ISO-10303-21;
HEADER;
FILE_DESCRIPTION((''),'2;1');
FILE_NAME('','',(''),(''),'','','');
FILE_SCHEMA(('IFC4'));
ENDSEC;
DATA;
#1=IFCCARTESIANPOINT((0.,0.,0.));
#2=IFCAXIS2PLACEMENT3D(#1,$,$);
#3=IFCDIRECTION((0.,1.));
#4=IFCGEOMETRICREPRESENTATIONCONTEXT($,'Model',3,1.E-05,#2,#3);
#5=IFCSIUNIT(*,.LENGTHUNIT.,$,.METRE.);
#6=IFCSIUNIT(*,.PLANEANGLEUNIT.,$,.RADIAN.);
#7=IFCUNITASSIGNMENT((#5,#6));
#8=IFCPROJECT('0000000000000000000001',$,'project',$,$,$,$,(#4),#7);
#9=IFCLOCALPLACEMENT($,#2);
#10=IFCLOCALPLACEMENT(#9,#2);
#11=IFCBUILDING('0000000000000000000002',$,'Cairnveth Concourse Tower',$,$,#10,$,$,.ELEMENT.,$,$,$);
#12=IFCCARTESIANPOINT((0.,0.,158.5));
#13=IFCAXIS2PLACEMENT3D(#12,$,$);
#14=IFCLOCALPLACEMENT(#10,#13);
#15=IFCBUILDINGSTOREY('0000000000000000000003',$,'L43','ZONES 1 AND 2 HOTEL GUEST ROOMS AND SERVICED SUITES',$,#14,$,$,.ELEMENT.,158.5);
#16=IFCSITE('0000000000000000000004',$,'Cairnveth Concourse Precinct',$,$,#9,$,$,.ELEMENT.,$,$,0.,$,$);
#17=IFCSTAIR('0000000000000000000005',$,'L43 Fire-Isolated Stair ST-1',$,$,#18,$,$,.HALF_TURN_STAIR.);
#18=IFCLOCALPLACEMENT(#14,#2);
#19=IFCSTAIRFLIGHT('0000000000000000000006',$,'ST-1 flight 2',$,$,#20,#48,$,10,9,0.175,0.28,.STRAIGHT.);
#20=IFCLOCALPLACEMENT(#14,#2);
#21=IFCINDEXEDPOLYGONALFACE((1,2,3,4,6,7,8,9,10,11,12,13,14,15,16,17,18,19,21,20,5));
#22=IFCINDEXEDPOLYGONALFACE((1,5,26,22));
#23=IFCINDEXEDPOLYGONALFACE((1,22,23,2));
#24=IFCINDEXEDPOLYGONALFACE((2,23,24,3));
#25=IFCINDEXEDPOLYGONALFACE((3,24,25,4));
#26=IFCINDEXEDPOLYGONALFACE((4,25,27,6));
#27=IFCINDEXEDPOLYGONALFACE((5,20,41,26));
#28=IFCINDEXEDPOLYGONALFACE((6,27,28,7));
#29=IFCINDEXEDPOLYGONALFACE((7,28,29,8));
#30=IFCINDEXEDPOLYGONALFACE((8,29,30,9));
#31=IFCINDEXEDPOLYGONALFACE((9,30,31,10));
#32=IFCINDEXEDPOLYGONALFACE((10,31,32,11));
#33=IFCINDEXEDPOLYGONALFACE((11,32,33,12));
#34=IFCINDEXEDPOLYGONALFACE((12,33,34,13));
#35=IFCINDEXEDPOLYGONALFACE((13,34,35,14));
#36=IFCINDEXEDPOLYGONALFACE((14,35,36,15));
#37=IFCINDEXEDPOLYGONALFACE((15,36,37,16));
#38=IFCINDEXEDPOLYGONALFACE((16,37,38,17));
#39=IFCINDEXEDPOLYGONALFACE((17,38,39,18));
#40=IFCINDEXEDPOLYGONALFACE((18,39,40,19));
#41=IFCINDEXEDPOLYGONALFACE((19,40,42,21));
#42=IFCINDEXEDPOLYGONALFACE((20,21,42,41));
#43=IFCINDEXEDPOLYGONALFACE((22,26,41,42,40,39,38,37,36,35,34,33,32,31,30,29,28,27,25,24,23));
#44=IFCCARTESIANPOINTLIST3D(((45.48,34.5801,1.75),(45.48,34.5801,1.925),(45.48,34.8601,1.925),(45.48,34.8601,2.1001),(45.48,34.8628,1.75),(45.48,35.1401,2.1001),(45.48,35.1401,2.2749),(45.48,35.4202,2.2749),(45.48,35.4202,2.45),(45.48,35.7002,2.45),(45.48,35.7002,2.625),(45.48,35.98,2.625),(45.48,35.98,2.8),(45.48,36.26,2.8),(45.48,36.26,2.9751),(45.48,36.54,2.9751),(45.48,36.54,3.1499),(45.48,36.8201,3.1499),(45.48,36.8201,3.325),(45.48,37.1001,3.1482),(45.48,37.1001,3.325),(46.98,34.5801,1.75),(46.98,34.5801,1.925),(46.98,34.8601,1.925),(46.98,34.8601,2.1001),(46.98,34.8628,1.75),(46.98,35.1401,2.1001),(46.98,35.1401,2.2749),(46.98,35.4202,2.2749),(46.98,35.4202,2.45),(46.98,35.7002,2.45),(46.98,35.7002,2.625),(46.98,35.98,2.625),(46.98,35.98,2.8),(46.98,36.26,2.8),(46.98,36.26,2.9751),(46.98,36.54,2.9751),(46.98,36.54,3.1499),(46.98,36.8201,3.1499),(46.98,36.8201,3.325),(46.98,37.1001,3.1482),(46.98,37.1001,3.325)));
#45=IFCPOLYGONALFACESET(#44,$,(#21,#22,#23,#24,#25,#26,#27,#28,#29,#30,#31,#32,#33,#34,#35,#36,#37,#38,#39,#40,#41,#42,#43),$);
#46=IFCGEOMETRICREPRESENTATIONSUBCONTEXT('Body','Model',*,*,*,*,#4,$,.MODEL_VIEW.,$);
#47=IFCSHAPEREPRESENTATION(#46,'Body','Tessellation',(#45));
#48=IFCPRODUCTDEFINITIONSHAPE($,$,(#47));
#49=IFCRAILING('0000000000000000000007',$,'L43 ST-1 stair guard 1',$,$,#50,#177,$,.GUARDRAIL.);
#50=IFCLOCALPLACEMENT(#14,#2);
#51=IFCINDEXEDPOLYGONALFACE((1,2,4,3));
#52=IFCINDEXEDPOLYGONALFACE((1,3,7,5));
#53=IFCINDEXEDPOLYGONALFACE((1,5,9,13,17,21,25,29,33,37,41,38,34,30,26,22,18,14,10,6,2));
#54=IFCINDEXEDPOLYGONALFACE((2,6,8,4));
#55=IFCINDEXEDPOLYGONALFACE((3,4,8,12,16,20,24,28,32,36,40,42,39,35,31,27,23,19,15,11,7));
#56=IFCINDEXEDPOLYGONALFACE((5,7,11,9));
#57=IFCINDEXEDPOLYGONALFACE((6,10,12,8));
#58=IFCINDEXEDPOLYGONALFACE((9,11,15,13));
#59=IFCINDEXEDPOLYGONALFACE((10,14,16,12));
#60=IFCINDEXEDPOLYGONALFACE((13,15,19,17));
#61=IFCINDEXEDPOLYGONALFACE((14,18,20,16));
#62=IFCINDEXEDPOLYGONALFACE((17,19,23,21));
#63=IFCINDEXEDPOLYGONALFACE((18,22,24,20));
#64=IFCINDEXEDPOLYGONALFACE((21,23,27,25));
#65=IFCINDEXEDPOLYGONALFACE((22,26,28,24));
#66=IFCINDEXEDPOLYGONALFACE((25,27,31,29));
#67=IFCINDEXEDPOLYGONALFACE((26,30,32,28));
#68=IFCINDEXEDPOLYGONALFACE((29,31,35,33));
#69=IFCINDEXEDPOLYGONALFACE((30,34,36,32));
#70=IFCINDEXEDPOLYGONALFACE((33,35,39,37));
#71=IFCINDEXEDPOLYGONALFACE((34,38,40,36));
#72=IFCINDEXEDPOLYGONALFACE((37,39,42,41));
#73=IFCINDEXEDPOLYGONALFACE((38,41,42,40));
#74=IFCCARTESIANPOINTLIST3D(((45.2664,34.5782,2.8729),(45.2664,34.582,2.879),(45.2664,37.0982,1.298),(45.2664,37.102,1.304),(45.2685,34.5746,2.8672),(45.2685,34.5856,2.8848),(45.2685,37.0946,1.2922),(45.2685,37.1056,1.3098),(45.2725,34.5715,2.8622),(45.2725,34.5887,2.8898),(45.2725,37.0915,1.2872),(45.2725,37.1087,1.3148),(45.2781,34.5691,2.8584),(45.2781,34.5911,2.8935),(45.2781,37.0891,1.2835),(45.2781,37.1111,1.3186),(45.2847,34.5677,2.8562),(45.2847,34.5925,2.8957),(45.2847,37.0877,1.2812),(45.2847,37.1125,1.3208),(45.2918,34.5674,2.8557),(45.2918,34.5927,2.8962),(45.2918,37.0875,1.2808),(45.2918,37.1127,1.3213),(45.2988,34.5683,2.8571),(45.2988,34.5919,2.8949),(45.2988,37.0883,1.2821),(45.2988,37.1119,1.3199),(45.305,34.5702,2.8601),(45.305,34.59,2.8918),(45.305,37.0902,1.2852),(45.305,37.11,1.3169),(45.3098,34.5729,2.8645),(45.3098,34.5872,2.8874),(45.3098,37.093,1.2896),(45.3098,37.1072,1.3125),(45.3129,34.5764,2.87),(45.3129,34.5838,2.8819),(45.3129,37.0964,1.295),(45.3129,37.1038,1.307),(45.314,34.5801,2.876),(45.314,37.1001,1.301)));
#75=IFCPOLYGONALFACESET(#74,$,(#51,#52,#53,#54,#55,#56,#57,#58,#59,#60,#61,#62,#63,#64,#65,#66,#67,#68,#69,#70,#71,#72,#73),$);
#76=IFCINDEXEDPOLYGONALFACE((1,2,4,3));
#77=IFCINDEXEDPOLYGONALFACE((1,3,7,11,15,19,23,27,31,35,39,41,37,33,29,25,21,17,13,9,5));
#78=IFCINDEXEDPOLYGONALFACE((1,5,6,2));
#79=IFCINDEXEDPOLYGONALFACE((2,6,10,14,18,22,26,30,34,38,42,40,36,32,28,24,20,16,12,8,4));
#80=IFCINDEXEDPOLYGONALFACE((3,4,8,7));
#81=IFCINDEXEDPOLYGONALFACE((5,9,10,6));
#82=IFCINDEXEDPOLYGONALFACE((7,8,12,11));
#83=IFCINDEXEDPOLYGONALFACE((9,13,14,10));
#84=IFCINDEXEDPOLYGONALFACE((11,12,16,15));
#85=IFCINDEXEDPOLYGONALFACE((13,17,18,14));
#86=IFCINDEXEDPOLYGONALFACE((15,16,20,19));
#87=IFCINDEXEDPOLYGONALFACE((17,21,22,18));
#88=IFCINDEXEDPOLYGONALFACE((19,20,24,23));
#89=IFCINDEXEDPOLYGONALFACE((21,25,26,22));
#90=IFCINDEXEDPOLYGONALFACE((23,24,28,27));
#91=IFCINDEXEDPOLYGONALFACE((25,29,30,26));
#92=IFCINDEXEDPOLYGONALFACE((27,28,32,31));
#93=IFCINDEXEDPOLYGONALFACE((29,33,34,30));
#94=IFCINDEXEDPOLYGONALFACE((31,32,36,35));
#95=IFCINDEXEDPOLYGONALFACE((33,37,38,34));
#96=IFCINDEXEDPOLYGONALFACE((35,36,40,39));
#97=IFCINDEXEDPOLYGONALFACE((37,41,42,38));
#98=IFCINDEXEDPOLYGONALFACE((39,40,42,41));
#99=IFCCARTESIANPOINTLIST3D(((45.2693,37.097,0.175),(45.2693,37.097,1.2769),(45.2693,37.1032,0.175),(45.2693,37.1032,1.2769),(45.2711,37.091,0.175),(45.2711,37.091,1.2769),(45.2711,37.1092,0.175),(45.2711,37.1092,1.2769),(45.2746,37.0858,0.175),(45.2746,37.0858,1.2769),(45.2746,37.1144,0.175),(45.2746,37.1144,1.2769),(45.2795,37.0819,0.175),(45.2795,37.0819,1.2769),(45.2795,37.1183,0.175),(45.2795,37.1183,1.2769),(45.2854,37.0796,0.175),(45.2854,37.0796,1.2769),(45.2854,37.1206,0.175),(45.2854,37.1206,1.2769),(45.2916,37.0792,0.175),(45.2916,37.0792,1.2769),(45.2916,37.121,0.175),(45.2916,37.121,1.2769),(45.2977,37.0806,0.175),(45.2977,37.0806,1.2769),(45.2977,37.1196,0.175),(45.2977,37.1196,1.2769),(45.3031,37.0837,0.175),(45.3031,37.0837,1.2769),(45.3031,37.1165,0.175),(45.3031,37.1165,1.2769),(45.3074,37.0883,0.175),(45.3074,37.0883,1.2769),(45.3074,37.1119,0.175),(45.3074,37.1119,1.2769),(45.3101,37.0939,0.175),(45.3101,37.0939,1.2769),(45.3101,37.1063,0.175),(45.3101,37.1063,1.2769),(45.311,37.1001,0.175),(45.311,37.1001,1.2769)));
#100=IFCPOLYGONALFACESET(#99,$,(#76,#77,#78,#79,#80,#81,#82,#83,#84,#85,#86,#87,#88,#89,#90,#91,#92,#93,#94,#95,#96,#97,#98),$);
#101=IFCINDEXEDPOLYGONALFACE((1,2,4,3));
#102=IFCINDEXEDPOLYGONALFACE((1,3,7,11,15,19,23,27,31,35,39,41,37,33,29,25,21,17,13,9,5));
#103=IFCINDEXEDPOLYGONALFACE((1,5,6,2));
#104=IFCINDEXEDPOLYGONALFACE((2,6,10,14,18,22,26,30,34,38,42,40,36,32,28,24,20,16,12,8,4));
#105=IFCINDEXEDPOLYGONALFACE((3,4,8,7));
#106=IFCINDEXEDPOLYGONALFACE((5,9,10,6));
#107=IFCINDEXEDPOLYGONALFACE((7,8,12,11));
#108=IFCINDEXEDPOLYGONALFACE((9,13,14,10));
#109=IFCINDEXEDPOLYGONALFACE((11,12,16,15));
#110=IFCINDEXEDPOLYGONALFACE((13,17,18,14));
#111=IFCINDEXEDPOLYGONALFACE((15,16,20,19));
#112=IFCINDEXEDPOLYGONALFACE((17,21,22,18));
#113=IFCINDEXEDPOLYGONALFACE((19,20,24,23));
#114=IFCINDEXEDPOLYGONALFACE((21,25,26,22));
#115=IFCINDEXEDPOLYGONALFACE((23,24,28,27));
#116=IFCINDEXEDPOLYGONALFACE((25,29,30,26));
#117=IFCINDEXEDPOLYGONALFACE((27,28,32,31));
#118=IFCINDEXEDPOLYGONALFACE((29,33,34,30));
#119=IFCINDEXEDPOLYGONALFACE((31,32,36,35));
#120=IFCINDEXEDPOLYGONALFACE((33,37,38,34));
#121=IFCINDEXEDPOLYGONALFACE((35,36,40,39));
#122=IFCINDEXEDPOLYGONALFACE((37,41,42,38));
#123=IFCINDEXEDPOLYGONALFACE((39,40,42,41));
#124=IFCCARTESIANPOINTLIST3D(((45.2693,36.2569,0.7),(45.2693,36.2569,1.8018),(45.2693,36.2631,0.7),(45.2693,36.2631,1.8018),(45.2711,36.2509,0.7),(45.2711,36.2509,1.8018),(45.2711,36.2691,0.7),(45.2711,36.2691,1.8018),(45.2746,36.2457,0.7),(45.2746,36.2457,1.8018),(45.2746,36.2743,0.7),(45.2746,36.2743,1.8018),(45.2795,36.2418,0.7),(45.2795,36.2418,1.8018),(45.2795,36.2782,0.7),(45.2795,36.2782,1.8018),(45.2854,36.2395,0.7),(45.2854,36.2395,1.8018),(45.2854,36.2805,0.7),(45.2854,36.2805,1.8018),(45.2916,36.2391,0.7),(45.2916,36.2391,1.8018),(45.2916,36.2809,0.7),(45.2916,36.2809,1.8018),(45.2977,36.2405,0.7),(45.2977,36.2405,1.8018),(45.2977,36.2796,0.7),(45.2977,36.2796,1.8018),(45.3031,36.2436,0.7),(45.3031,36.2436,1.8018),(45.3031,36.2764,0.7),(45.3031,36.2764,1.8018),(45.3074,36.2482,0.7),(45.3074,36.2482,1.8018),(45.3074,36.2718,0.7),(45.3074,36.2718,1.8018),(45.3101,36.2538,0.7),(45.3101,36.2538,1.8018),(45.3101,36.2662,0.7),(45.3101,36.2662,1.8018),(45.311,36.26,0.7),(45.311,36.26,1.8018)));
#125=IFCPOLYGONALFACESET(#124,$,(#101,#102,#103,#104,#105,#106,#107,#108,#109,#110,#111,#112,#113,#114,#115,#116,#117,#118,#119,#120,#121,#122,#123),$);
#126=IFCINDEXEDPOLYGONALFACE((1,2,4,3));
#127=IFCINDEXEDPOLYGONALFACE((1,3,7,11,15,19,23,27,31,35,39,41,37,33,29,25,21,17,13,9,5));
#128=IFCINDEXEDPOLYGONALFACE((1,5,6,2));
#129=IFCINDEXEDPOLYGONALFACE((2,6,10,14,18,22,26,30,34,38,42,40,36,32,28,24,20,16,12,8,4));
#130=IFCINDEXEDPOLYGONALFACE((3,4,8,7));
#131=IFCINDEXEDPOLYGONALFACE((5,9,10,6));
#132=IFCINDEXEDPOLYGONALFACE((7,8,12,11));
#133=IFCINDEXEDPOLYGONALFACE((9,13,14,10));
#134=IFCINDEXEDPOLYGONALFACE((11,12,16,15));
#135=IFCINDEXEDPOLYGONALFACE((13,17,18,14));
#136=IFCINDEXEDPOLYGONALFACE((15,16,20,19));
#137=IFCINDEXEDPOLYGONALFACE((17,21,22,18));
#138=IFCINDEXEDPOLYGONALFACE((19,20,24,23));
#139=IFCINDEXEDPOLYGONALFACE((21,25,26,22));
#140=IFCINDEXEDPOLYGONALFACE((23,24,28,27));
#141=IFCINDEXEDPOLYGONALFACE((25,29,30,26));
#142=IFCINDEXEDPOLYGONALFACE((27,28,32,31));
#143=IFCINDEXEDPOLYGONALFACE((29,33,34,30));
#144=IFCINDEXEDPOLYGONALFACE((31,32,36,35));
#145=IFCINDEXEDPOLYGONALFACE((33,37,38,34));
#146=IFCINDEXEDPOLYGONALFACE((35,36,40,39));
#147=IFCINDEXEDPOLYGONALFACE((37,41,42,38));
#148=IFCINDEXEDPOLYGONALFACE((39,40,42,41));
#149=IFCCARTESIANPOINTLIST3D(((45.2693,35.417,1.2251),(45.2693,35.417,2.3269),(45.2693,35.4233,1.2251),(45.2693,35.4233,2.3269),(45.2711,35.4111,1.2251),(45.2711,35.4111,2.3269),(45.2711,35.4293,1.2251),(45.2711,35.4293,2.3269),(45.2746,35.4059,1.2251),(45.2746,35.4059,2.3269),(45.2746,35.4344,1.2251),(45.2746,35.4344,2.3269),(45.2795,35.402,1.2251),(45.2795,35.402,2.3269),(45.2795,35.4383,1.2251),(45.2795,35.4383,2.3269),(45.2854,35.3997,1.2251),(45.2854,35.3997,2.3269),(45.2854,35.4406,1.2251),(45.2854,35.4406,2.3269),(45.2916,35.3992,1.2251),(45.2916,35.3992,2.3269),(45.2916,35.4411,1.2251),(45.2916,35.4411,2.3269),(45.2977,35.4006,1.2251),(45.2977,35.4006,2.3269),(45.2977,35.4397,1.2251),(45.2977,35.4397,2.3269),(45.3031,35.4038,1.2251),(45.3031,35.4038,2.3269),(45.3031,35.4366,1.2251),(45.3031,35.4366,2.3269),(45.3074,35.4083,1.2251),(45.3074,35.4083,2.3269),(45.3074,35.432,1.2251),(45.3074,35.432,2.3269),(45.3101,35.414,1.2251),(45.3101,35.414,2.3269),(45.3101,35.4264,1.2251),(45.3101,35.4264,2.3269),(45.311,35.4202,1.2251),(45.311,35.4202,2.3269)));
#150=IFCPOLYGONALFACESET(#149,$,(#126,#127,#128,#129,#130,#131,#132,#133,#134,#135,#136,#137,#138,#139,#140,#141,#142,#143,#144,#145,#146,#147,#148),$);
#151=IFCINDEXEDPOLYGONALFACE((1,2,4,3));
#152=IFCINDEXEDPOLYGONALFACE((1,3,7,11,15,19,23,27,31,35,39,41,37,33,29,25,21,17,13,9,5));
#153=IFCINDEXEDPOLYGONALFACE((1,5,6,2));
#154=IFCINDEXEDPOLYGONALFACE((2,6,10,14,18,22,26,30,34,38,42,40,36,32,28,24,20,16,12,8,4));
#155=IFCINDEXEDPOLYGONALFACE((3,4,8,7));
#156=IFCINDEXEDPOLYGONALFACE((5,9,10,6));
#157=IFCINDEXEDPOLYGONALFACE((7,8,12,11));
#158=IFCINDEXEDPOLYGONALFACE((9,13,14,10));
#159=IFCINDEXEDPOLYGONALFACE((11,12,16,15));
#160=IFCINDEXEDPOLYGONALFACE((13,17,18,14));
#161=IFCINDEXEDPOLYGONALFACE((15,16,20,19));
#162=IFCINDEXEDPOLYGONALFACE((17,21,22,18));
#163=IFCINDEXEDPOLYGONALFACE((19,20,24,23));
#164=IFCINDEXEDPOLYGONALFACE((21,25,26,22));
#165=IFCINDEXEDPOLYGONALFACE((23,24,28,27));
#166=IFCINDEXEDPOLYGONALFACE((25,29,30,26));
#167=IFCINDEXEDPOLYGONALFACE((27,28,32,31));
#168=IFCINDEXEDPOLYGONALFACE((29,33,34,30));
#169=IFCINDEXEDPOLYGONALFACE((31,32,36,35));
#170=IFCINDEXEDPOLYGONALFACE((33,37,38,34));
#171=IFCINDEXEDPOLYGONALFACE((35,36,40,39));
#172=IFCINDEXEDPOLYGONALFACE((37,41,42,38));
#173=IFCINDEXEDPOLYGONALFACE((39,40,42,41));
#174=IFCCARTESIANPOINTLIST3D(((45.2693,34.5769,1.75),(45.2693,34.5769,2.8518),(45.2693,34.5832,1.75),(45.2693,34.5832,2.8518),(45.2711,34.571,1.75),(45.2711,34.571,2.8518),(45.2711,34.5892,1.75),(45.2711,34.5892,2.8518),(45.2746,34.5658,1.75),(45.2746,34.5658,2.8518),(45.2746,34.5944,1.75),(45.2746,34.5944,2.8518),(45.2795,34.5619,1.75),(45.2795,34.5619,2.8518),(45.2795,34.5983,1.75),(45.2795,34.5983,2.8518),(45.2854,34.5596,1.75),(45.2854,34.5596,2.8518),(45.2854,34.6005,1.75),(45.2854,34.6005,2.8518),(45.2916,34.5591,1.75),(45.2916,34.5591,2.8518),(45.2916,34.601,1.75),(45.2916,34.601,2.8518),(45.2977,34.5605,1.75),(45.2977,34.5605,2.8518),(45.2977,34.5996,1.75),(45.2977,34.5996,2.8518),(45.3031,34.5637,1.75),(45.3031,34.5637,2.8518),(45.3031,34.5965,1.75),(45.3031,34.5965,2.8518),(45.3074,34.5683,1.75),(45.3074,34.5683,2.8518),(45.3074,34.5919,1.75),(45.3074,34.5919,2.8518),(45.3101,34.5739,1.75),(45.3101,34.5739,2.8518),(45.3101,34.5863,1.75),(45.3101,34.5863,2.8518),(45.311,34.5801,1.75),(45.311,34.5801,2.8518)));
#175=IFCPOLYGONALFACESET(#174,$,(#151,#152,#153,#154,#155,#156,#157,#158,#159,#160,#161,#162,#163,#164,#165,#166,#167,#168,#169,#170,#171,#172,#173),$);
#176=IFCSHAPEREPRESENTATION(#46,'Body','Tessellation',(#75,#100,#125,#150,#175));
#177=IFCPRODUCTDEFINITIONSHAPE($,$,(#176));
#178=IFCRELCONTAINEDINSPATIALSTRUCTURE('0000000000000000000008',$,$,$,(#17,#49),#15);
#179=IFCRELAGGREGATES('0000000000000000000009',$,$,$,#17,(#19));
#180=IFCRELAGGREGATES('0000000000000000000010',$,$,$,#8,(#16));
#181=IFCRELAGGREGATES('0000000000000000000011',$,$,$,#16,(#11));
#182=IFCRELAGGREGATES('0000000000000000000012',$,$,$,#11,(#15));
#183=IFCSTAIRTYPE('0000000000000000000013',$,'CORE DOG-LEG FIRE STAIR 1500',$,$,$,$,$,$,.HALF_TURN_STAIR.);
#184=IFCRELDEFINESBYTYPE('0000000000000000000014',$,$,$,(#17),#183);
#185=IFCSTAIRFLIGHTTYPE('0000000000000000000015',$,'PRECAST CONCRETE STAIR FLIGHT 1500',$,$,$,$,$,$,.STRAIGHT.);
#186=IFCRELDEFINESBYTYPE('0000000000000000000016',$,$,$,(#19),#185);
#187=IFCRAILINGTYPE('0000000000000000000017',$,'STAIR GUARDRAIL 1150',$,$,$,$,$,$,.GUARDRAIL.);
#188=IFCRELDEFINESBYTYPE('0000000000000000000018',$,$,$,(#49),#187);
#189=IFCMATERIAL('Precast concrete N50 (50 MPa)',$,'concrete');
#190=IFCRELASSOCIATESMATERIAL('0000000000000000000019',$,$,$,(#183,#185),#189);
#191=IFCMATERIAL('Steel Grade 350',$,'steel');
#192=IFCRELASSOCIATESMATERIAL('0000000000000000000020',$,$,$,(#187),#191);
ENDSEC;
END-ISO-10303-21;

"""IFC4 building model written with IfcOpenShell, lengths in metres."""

from ifc_helpers import new_model, si_unit, direction, frame, origin, origin_2d, place, context, subcontext, project, spatial, polyline, circle, outline, extrude, material, type_object, element, aggregate, save


model = new_model("IFC4")

# Units and contexts
model_context = context("Model", 3, precision=1e-05, world=origin(), true_north=direction((0.0, 1.0)))
body_context = subcontext(model_context, "Body", "Model", "MODEL_VIEW")
ifc_project = project(units=[si_unit("LENGTHUNIT", "METRE"), si_unit("PLANEANGLEUNIT", "RADIAN")], contexts=[model_context])

# Site, building, storey
site_placement = place(None, origin())
site = spatial("IfcSite", under=ifc_project, at=site_placement, Name="Cairnveth Concourse Precinct", CompositionType="ELEMENT", RefElevation=0.0)
building_placement = place(site_placement, origin())
building = spatial("IfcBuilding", under=site, at=building_placement, Name="Cairnveth Concourse Tower", CompositionType="ELEMENT")
storey_placement = place(building_placement, frame((0.0, 0.0, 158.5)))
storey = spatial("IfcBuildingStorey", under=building, at=storey_placement, Name="L43", Description="ZONES 1 AND 2 HOTEL GUEST ROOMS AND SERVICED SUITES", CompositionType="ELEMENT", Elevation=158.5)

# Shared definitions
ifc_material_1 = material(Name="Steel Grade 350", Category="steel")

# Stair, stair flight
ifc_material_2 = material(Name="Precast concrete N50 (50 MPa)", Category="concrete")
stair_type = type_object("IfcStairType", Name="CORE DOG-LEG FIRE STAIR 1500", PredefinedType="HALF_TURN_STAIR", material=ifc_material_2)
stair_placement = place(storey_placement, origin())
stair = element("IfcStair", 1, at=stair_placement, inside=storey, type_object=stair_type, Name="L43 Fire-Isolated Stair ST-1", PredefinedType="HALF_TURN_STAIR")
stair_flight_type = type_object("IfcStairFlightType", Name="PRECAST CONCRETE STAIR FLIGHT 1500", PredefinedType="STRAIGHT", material=ifc_material_2)
stair_flight_placement = place(storey_placement, frame((46.23, 34.5801, 1.75), z_axis=(0.0, 0.0, 1.0), x_axis=(0.0, 1.0, 0.0)))
stair_flight = element("IfcStairFlight", 2, at=stair_flight_placement, type_object=stair_flight_type, Name="ST-1 flight 2", NumberOfRisers=10, NumberOfTreads=9, PredefinedType="STRAIGHT", RiserHeight=0.175, TreadLength=0.28, context=body_context, shape_type="SweptSolid", body=[
    extrude(outline(polyline([(0.0, 0.0), (0.0, 0.175), (0.28, 0.175), (0.28, 0.3501), (0.5601, 0.3501), (0.5601, 0.5249), (0.8401, 0.5249), (0.8401, 0.7), (1.1201, 0.7), (1.1201, 0.875), (1.3999, 0.875), (1.3999, 1.05), (1.6799, 1.05), (1.6799, 1.2251), (1.96, 1.2251), (1.96, 1.3999), (2.24, 1.3999), (2.24, 1.575), (2.52, 1.575), (2.52, 1.75), (2.52, 1.3982), (0.2827, 0.0), (0.0, 0.0)])), frame((0.0, 0.75, 0.0), z_axis=(0.0, -1.0, 0.0), x_axis=(1.0, 0.0, 0.0)), (0.0, 0.0, 1.0), 1.5),
])
aggregate(stair, [stair_flight])

# Railing
railing_type_1 = type_object("IfcRailingType", Name="STAIR GUARDRAIL 1150", PredefinedType="GUARDRAIL", material=ifc_material_1)
railing_1_placement = place(storey_placement, frame((45.29, 37.1001, 0.175)))
element("IfcRailing", 3, at=railing_1_placement, inside=storey, type_object=railing_type_1, Name="L43 ST-1 stair guard 1", PredefinedType="GUARDRAIL", context=body_context, shape_type="SweptSolid", body=[
    extrude(circle(Radius=0.0239, at=origin_2d()), frame((0.0, 0.0, 1.126), z_axis=(0.0, -0.848008, 0.529984), x_axis=(1.0, 0.0, 0.0)), (0.0, 0.0, 1.0), 2.9717),
    extrude(circle(Radius=0.021, at=origin_2d()), origin(), (0.0, 0.0, 1.0), 1.1018),
    extrude(circle(Radius=0.021, at=origin_2d()), frame((0.0, -0.8401, 0.5249)), (0.0, 0.0, 1.0), 1.1018),
    extrude(circle(Radius=0.021, at=origin_2d()), frame((0.0, -1.6799, 1.05)), (0.0, 0.0, 1.0), 1.1018),
    extrude(circle(Radius=0.021, at=origin_2d()), frame((0.0, -2.52, 1.575)), (0.0, 0.0, 1.0), 1.1018),
])

save(model, "model.ifc")
